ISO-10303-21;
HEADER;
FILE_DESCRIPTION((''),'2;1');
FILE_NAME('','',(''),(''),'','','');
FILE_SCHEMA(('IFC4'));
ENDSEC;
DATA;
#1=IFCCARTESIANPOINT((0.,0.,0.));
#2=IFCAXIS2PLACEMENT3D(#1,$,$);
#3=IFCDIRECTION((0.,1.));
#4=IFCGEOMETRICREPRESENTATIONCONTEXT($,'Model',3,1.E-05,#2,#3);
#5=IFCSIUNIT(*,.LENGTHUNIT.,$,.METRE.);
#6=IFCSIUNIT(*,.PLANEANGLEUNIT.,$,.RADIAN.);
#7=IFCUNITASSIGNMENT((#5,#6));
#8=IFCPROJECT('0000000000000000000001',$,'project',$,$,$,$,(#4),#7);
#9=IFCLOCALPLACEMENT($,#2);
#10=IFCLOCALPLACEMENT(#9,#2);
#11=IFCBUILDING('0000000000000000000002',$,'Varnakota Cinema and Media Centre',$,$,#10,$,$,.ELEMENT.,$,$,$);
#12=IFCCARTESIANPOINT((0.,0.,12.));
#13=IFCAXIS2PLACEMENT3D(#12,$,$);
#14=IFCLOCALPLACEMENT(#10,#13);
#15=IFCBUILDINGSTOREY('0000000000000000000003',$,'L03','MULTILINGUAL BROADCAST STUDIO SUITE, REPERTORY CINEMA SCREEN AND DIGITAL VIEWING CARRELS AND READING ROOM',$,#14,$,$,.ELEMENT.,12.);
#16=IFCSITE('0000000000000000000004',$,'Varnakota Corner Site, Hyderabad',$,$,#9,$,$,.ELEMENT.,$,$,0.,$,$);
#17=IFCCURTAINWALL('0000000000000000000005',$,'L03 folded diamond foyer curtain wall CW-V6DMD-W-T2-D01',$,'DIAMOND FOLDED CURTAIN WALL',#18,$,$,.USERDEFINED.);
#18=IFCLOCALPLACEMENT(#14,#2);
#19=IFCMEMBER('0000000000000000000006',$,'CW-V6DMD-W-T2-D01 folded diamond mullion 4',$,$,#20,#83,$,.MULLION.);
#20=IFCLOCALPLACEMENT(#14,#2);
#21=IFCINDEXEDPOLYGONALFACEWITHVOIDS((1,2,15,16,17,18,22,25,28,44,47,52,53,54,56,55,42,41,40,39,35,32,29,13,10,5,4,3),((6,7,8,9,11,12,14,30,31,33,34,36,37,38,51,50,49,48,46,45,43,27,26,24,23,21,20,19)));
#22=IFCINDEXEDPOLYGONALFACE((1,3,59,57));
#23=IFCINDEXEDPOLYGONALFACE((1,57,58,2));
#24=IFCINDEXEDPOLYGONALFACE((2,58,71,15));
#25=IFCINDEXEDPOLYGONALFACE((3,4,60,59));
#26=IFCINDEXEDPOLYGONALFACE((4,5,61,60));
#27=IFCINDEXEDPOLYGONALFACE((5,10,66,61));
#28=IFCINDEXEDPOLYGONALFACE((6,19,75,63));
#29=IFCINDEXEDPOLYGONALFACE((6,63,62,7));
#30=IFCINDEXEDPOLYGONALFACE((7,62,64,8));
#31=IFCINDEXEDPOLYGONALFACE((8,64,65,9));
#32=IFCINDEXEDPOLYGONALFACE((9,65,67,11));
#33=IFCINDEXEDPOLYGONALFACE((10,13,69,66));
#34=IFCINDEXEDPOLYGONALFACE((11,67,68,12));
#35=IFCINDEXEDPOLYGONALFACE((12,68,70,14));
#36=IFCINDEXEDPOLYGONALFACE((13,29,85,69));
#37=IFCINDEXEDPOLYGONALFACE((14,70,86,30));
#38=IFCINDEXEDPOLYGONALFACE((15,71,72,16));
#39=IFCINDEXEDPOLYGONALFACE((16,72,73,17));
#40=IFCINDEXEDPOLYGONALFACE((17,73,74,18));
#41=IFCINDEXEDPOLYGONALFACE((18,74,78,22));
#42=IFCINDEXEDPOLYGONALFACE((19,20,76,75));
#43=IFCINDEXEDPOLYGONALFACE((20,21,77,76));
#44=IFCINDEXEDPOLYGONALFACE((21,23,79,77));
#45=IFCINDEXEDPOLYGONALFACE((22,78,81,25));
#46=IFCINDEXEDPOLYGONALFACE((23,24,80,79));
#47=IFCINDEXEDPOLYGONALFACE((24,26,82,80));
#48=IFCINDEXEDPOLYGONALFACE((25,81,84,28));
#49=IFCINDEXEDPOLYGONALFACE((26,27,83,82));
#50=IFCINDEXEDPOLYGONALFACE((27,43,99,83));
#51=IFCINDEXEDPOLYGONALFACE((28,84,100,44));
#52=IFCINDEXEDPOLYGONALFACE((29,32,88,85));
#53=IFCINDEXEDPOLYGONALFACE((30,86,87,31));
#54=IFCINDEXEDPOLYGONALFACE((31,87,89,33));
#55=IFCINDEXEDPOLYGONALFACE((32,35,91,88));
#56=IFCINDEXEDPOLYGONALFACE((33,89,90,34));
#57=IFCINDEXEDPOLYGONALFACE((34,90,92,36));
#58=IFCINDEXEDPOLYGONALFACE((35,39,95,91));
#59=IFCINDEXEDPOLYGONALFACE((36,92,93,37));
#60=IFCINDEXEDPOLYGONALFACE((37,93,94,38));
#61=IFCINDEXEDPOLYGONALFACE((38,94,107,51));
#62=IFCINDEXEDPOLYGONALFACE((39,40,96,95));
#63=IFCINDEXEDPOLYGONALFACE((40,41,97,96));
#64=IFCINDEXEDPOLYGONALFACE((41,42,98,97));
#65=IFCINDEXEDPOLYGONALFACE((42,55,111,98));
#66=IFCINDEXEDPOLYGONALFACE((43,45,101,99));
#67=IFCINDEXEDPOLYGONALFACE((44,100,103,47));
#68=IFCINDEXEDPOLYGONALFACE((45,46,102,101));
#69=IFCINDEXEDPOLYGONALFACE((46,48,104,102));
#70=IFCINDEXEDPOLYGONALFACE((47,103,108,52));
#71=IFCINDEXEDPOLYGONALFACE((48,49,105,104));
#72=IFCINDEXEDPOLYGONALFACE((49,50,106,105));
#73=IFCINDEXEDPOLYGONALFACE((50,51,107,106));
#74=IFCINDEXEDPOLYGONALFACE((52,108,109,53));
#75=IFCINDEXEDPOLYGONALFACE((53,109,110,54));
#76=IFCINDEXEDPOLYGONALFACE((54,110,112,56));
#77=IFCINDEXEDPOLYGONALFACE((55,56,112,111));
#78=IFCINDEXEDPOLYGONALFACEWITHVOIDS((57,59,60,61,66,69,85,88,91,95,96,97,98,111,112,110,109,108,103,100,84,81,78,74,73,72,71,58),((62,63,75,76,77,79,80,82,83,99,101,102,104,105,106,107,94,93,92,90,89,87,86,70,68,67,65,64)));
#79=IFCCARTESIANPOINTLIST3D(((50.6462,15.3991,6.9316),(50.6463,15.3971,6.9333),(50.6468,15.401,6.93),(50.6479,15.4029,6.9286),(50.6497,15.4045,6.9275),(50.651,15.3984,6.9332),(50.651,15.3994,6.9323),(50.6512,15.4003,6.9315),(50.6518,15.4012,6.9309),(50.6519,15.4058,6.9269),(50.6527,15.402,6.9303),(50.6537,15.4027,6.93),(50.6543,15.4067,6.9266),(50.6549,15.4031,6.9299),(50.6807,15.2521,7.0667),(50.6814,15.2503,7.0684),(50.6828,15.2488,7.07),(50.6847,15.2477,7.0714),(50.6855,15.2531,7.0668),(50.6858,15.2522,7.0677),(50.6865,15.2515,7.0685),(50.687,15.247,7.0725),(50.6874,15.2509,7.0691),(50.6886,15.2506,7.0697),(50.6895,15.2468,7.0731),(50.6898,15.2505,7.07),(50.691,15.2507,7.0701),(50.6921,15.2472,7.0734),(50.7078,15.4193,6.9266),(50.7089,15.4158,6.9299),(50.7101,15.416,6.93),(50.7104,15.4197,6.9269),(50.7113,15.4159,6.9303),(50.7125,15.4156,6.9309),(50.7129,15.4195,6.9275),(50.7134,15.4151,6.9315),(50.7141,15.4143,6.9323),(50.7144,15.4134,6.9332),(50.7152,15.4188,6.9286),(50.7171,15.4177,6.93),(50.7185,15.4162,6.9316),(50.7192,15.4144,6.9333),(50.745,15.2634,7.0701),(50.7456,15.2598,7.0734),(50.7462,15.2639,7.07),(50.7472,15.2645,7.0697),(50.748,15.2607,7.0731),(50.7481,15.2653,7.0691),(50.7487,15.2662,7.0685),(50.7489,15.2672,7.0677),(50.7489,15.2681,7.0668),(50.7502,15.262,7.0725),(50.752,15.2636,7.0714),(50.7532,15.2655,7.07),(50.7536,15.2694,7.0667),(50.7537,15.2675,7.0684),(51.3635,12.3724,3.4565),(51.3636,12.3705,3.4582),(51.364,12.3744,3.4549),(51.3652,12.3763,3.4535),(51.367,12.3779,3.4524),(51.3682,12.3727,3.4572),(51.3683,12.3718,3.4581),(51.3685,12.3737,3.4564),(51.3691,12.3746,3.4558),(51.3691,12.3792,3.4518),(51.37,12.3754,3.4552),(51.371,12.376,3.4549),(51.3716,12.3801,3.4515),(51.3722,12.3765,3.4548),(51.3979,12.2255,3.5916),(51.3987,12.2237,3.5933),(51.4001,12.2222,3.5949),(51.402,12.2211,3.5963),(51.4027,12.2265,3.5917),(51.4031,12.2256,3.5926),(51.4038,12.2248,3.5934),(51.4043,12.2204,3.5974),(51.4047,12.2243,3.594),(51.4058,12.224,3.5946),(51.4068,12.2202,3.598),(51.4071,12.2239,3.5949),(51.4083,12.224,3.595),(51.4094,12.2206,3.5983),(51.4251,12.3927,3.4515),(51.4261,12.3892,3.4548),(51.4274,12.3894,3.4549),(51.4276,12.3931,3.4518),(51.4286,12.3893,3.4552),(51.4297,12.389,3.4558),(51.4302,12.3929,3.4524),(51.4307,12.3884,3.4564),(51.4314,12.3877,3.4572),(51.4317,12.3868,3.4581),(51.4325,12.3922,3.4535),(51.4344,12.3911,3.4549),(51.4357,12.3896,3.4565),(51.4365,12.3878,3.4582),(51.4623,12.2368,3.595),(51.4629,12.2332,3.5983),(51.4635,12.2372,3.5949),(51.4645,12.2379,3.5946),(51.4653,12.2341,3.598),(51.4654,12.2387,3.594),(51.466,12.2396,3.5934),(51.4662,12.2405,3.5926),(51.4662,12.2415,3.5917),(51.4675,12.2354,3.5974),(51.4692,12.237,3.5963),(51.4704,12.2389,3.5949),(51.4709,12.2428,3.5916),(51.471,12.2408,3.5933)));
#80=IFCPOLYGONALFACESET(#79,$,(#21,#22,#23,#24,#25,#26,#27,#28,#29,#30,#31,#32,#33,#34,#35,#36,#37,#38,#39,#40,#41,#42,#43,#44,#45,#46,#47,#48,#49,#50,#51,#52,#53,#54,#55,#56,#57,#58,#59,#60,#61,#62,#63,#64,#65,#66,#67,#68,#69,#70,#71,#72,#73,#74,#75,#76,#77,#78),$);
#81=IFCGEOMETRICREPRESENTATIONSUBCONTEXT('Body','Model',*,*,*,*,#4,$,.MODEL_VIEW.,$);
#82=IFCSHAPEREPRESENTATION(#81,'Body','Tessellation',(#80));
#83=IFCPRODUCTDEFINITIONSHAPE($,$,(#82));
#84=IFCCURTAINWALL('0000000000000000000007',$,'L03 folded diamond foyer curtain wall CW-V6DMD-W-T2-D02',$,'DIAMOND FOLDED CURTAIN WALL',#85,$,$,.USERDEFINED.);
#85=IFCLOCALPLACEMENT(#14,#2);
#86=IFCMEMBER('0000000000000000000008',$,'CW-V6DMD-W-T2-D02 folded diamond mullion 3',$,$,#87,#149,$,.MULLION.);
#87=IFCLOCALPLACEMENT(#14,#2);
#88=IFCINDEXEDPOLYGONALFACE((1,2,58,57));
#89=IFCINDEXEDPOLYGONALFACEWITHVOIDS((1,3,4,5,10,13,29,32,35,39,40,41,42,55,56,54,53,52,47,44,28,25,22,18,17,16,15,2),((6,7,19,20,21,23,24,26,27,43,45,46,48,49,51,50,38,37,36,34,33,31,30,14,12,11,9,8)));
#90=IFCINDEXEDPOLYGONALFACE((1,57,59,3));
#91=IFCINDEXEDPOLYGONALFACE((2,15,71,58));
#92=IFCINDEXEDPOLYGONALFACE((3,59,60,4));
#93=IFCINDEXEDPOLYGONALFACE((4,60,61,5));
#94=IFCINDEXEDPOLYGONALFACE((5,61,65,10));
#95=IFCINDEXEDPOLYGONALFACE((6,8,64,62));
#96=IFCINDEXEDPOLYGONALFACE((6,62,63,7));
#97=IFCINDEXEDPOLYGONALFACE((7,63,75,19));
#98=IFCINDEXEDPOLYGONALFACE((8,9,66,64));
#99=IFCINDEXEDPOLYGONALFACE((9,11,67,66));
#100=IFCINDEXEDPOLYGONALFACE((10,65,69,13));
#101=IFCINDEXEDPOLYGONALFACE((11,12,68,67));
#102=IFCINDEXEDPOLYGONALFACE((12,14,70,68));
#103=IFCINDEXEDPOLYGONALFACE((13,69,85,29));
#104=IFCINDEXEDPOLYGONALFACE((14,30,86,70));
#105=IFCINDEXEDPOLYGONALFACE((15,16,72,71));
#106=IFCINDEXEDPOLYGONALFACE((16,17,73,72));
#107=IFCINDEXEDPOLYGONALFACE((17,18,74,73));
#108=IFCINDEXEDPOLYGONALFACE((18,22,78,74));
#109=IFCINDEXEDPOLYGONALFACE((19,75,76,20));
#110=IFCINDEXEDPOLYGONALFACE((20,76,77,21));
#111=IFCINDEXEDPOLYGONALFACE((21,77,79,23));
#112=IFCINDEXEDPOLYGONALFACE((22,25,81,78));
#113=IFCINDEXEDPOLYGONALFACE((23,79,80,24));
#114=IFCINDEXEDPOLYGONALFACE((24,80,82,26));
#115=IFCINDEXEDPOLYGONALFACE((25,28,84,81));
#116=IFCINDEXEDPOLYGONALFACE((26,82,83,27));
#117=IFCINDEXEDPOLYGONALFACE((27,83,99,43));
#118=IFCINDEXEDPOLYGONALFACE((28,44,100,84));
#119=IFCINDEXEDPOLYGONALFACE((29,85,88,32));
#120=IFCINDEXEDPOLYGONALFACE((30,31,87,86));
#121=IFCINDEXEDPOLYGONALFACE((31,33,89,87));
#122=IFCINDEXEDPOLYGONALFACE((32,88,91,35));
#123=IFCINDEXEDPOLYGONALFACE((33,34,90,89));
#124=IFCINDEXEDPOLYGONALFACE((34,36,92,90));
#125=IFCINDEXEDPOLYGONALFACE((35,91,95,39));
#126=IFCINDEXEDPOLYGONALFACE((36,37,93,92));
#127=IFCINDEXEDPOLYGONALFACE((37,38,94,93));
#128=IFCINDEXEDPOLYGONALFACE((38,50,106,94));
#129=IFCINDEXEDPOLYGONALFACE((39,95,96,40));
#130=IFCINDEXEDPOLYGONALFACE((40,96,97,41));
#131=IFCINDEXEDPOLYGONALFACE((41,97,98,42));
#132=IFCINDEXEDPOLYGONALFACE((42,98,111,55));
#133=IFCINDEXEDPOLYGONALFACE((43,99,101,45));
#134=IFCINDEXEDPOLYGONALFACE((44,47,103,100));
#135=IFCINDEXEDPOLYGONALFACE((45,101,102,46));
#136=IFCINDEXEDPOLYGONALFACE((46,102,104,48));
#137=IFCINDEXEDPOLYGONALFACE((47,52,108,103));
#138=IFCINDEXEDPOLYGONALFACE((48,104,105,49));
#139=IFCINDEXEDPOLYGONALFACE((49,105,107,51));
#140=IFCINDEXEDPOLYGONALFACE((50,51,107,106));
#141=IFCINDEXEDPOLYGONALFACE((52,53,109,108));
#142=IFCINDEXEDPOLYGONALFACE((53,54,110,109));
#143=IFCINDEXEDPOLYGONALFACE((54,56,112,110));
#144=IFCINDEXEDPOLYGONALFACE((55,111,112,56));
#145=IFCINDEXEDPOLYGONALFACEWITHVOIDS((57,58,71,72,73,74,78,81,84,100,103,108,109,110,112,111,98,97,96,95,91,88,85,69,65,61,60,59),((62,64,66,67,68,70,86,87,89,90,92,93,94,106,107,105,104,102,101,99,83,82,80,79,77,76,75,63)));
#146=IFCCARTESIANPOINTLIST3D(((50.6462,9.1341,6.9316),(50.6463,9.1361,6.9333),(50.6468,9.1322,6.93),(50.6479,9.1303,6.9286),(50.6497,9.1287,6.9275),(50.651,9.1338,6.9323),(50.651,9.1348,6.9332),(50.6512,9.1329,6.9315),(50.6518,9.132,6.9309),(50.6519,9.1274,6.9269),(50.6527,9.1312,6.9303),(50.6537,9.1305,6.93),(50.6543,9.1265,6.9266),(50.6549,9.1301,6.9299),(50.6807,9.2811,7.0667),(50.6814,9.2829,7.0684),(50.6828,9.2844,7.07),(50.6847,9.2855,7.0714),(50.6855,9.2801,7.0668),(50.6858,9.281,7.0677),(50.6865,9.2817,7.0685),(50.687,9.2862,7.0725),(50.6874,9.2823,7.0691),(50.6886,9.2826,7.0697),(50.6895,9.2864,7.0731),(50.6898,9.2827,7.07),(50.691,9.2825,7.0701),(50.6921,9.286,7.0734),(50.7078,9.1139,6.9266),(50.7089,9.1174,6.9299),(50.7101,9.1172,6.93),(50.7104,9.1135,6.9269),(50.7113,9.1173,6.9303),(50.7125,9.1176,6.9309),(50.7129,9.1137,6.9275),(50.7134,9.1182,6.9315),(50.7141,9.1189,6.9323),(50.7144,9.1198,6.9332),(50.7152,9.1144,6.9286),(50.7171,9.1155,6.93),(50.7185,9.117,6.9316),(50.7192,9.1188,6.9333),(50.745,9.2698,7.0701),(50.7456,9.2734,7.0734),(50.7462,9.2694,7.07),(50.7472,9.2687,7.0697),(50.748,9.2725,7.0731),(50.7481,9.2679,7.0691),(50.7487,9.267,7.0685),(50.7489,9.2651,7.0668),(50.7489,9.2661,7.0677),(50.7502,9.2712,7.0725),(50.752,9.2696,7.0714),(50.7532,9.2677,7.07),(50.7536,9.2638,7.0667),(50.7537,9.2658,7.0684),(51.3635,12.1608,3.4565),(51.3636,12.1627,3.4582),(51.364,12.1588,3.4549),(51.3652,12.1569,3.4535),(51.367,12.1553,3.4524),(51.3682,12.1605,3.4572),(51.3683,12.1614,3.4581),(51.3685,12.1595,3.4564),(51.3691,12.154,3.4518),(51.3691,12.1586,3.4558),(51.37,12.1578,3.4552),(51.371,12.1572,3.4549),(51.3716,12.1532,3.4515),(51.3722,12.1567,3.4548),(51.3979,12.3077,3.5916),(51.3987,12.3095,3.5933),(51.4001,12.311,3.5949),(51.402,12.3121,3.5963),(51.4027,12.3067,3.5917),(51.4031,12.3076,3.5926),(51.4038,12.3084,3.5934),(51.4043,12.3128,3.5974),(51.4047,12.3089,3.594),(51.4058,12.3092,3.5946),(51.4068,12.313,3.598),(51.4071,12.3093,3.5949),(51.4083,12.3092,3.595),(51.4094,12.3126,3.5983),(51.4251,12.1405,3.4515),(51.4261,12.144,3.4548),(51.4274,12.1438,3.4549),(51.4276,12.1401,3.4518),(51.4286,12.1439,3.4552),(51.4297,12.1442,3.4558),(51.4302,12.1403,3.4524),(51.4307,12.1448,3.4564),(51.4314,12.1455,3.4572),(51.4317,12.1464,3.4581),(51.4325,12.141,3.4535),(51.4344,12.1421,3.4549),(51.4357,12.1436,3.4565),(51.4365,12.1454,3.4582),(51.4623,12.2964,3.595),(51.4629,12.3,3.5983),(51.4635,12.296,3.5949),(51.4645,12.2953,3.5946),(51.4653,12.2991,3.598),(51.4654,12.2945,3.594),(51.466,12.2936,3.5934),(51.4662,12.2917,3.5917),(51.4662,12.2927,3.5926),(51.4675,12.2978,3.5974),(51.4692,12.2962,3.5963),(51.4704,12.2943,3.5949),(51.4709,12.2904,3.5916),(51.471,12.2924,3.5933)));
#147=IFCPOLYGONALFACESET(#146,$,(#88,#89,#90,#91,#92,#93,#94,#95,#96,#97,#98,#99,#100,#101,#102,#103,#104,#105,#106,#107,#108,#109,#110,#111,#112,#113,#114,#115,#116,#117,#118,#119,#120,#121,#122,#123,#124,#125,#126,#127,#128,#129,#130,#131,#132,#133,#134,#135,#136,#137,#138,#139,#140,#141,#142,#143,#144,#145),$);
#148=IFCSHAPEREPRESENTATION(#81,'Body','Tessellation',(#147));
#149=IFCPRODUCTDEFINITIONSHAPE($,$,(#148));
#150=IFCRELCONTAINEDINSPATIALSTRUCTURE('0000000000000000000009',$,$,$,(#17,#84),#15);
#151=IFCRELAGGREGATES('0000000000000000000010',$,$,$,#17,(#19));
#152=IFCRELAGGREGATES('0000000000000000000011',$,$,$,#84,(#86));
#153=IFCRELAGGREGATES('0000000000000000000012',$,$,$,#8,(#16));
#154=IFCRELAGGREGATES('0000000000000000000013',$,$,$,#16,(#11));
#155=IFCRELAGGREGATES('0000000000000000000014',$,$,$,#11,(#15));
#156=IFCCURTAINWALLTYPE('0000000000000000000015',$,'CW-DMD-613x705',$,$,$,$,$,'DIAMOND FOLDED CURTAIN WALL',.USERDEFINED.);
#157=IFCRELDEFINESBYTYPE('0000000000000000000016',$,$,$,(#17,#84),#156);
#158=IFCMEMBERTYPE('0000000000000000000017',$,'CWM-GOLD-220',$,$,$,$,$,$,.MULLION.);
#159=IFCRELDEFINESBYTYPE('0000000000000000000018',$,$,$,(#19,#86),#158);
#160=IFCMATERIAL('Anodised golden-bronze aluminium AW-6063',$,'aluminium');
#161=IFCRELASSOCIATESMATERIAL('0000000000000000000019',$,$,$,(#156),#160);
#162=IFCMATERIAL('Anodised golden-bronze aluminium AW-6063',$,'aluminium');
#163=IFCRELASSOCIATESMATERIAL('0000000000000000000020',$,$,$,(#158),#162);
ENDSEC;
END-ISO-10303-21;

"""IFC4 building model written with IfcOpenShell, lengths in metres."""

from ifc_helpers import new_model, si_unit, direction, frame, origin, origin_2d, place, context, subcontext, project, spatial, hollow_rectangle, extrude, material, material_profile, profile_set, type_object, element, aggregate, save


model = new_model("IFC4")

# Units and contexts
model_context = context("Model", 3, precision=1e-05, world=origin(), true_north=direction((0.0, 1.0)))
body_context = subcontext(model_context, "Body", "Model", "MODEL_VIEW")
ifc_project = project(units=[si_unit("LENGTHUNIT", "METRE"), si_unit("PLANEANGLEUNIT", "RADIAN")], contexts=[model_context])

# Site, building, storey
site_placement = place(None, origin())
site = spatial("IfcSite", under=ifc_project, at=site_placement, Name="Varnakota Corner Site, Hyderabad", CompositionType="ELEMENT", RefElevation=0.0)
building_placement = place(site_placement, origin())
building = spatial("IfcBuilding", under=site, at=building_placement, Name="Varnakota Cinema and Media Centre", CompositionType="ELEMENT")
storey_placement = place(building_placement, frame((0.0, 0.0, 12.0)))
storey = spatial("IfcBuildingStorey", under=building, at=storey_placement, Name="L03", Description="MULTILINGUAL BROADCAST STUDIO SUITE, REPERTORY CINEMA SCREEN AND DIGITAL VIEWING CARRELS AND READING ROOM", CompositionType="ELEMENT", Elevation=12.0)

# Curtain walls, members
ifc_material_1 = material(Name="Anodised golden-bronze aluminium AW-6063", Category="aluminium")
curtain_wall_type = type_object("IfcCurtainWallType", Name="CW-DMD-613x705", ElementType="DIAMOND FOLDED CURTAIN WALL", PredefinedType="USERDEFINED", material=ifc_material_1)
curtain_wall_1_placement = place(storey_placement, origin())
curtain_wall_1 = element("IfcCurtainWall", 1, at=curtain_wall_1_placement, inside=storey, type_object=curtain_wall_type, Name="L03 folded diamond foyer curtain wall CW-V6DMD-W-T2-D01", ObjectType="DIAMOND FOLDED CURTAIN WALL", PredefinedType="USERDEFINED")
ifc_material_2 = material(Name="Anodised golden-bronze aluminium AW-6063", Category="aluminium")
ifc_material_profile_1 = material_profile(ifc_material_2, hollow_rectangle(XDim=0.075, YDim=0.22, WallThickness=0.0049, InnerFilletRadius=0.0049, OuterFilletRadius=0.01, at=origin_2d()), Name="AL-MULLION 220x75x5")
ifc_profile_set_1 = profile_set([ifc_material_profile_1], Name="Anodised golden-bronze aluminium AW-6063")
member_type_1 = type_object("IfcMemberType", Name="CWM-GOLD-220", PredefinedType="MULLION", material=ifc_profile_set_1)
member_1_placement = place(storey_placement, frame((51.4172, 12.3066, 3.5249), z_axis=(-0.153798, 0.648956, 0.745119), x_axis=(-0.973047, -0.230605, 0.0)))
member_1 = element("IfcMember", 2, at=member_1_placement, type_object=member_type_1, Name="CW-V6DMD-W-T2-D01 folded diamond mullion 4", PredefinedType="MULLION", context=body_context, shape_type="SweptSolid", body=[
    extrude(hollow_rectangle(XDim=0.075, YDim=0.22, WallThickness=0.0049, InnerFilletRadius=0.0049, OuterFilletRadius=0.01, at=origin_2d()), origin(), (0.0, 0.0, 1.0), 4.6638),
])
curtain_wall_2_placement = place(storey_placement, origin())
curtain_wall_2 = element("IfcCurtainWall", 3, at=curtain_wall_2_placement, inside=storey, type_object=curtain_wall_type, Name="L03 folded diamond foyer curtain wall CW-V6DMD-W-T2-D02", ObjectType="DIAMOND FOLDED CURTAIN WALL", PredefinedType="USERDEFINED")
member_2_placement = place(storey_placement, frame((51.4172, 12.2266, 3.5249), z_axis=(-0.153798, -0.648956, 0.745119), x_axis=(0.973047, -0.230605, 0.0)))
member_2 = element("IfcMember", 4, at=member_2_placement, type_object=member_type_1, Name="CW-V6DMD-W-T2-D02 folded diamond mullion 3", PredefinedType="MULLION", context=body_context, shape_type="SweptSolid", body=[
    extrude(hollow_rectangle(XDim=0.075, YDim=0.22, WallThickness=0.0049, InnerFilletRadius=0.0049, OuterFilletRadius=0.01, at=origin_2d()), origin(), (0.0, 0.0, 1.0), 4.6638),
])

aggregate(curtain_wall_1, [member_1])
aggregate(curtain_wall_2, [member_2])

save(model, "model.ifc")
